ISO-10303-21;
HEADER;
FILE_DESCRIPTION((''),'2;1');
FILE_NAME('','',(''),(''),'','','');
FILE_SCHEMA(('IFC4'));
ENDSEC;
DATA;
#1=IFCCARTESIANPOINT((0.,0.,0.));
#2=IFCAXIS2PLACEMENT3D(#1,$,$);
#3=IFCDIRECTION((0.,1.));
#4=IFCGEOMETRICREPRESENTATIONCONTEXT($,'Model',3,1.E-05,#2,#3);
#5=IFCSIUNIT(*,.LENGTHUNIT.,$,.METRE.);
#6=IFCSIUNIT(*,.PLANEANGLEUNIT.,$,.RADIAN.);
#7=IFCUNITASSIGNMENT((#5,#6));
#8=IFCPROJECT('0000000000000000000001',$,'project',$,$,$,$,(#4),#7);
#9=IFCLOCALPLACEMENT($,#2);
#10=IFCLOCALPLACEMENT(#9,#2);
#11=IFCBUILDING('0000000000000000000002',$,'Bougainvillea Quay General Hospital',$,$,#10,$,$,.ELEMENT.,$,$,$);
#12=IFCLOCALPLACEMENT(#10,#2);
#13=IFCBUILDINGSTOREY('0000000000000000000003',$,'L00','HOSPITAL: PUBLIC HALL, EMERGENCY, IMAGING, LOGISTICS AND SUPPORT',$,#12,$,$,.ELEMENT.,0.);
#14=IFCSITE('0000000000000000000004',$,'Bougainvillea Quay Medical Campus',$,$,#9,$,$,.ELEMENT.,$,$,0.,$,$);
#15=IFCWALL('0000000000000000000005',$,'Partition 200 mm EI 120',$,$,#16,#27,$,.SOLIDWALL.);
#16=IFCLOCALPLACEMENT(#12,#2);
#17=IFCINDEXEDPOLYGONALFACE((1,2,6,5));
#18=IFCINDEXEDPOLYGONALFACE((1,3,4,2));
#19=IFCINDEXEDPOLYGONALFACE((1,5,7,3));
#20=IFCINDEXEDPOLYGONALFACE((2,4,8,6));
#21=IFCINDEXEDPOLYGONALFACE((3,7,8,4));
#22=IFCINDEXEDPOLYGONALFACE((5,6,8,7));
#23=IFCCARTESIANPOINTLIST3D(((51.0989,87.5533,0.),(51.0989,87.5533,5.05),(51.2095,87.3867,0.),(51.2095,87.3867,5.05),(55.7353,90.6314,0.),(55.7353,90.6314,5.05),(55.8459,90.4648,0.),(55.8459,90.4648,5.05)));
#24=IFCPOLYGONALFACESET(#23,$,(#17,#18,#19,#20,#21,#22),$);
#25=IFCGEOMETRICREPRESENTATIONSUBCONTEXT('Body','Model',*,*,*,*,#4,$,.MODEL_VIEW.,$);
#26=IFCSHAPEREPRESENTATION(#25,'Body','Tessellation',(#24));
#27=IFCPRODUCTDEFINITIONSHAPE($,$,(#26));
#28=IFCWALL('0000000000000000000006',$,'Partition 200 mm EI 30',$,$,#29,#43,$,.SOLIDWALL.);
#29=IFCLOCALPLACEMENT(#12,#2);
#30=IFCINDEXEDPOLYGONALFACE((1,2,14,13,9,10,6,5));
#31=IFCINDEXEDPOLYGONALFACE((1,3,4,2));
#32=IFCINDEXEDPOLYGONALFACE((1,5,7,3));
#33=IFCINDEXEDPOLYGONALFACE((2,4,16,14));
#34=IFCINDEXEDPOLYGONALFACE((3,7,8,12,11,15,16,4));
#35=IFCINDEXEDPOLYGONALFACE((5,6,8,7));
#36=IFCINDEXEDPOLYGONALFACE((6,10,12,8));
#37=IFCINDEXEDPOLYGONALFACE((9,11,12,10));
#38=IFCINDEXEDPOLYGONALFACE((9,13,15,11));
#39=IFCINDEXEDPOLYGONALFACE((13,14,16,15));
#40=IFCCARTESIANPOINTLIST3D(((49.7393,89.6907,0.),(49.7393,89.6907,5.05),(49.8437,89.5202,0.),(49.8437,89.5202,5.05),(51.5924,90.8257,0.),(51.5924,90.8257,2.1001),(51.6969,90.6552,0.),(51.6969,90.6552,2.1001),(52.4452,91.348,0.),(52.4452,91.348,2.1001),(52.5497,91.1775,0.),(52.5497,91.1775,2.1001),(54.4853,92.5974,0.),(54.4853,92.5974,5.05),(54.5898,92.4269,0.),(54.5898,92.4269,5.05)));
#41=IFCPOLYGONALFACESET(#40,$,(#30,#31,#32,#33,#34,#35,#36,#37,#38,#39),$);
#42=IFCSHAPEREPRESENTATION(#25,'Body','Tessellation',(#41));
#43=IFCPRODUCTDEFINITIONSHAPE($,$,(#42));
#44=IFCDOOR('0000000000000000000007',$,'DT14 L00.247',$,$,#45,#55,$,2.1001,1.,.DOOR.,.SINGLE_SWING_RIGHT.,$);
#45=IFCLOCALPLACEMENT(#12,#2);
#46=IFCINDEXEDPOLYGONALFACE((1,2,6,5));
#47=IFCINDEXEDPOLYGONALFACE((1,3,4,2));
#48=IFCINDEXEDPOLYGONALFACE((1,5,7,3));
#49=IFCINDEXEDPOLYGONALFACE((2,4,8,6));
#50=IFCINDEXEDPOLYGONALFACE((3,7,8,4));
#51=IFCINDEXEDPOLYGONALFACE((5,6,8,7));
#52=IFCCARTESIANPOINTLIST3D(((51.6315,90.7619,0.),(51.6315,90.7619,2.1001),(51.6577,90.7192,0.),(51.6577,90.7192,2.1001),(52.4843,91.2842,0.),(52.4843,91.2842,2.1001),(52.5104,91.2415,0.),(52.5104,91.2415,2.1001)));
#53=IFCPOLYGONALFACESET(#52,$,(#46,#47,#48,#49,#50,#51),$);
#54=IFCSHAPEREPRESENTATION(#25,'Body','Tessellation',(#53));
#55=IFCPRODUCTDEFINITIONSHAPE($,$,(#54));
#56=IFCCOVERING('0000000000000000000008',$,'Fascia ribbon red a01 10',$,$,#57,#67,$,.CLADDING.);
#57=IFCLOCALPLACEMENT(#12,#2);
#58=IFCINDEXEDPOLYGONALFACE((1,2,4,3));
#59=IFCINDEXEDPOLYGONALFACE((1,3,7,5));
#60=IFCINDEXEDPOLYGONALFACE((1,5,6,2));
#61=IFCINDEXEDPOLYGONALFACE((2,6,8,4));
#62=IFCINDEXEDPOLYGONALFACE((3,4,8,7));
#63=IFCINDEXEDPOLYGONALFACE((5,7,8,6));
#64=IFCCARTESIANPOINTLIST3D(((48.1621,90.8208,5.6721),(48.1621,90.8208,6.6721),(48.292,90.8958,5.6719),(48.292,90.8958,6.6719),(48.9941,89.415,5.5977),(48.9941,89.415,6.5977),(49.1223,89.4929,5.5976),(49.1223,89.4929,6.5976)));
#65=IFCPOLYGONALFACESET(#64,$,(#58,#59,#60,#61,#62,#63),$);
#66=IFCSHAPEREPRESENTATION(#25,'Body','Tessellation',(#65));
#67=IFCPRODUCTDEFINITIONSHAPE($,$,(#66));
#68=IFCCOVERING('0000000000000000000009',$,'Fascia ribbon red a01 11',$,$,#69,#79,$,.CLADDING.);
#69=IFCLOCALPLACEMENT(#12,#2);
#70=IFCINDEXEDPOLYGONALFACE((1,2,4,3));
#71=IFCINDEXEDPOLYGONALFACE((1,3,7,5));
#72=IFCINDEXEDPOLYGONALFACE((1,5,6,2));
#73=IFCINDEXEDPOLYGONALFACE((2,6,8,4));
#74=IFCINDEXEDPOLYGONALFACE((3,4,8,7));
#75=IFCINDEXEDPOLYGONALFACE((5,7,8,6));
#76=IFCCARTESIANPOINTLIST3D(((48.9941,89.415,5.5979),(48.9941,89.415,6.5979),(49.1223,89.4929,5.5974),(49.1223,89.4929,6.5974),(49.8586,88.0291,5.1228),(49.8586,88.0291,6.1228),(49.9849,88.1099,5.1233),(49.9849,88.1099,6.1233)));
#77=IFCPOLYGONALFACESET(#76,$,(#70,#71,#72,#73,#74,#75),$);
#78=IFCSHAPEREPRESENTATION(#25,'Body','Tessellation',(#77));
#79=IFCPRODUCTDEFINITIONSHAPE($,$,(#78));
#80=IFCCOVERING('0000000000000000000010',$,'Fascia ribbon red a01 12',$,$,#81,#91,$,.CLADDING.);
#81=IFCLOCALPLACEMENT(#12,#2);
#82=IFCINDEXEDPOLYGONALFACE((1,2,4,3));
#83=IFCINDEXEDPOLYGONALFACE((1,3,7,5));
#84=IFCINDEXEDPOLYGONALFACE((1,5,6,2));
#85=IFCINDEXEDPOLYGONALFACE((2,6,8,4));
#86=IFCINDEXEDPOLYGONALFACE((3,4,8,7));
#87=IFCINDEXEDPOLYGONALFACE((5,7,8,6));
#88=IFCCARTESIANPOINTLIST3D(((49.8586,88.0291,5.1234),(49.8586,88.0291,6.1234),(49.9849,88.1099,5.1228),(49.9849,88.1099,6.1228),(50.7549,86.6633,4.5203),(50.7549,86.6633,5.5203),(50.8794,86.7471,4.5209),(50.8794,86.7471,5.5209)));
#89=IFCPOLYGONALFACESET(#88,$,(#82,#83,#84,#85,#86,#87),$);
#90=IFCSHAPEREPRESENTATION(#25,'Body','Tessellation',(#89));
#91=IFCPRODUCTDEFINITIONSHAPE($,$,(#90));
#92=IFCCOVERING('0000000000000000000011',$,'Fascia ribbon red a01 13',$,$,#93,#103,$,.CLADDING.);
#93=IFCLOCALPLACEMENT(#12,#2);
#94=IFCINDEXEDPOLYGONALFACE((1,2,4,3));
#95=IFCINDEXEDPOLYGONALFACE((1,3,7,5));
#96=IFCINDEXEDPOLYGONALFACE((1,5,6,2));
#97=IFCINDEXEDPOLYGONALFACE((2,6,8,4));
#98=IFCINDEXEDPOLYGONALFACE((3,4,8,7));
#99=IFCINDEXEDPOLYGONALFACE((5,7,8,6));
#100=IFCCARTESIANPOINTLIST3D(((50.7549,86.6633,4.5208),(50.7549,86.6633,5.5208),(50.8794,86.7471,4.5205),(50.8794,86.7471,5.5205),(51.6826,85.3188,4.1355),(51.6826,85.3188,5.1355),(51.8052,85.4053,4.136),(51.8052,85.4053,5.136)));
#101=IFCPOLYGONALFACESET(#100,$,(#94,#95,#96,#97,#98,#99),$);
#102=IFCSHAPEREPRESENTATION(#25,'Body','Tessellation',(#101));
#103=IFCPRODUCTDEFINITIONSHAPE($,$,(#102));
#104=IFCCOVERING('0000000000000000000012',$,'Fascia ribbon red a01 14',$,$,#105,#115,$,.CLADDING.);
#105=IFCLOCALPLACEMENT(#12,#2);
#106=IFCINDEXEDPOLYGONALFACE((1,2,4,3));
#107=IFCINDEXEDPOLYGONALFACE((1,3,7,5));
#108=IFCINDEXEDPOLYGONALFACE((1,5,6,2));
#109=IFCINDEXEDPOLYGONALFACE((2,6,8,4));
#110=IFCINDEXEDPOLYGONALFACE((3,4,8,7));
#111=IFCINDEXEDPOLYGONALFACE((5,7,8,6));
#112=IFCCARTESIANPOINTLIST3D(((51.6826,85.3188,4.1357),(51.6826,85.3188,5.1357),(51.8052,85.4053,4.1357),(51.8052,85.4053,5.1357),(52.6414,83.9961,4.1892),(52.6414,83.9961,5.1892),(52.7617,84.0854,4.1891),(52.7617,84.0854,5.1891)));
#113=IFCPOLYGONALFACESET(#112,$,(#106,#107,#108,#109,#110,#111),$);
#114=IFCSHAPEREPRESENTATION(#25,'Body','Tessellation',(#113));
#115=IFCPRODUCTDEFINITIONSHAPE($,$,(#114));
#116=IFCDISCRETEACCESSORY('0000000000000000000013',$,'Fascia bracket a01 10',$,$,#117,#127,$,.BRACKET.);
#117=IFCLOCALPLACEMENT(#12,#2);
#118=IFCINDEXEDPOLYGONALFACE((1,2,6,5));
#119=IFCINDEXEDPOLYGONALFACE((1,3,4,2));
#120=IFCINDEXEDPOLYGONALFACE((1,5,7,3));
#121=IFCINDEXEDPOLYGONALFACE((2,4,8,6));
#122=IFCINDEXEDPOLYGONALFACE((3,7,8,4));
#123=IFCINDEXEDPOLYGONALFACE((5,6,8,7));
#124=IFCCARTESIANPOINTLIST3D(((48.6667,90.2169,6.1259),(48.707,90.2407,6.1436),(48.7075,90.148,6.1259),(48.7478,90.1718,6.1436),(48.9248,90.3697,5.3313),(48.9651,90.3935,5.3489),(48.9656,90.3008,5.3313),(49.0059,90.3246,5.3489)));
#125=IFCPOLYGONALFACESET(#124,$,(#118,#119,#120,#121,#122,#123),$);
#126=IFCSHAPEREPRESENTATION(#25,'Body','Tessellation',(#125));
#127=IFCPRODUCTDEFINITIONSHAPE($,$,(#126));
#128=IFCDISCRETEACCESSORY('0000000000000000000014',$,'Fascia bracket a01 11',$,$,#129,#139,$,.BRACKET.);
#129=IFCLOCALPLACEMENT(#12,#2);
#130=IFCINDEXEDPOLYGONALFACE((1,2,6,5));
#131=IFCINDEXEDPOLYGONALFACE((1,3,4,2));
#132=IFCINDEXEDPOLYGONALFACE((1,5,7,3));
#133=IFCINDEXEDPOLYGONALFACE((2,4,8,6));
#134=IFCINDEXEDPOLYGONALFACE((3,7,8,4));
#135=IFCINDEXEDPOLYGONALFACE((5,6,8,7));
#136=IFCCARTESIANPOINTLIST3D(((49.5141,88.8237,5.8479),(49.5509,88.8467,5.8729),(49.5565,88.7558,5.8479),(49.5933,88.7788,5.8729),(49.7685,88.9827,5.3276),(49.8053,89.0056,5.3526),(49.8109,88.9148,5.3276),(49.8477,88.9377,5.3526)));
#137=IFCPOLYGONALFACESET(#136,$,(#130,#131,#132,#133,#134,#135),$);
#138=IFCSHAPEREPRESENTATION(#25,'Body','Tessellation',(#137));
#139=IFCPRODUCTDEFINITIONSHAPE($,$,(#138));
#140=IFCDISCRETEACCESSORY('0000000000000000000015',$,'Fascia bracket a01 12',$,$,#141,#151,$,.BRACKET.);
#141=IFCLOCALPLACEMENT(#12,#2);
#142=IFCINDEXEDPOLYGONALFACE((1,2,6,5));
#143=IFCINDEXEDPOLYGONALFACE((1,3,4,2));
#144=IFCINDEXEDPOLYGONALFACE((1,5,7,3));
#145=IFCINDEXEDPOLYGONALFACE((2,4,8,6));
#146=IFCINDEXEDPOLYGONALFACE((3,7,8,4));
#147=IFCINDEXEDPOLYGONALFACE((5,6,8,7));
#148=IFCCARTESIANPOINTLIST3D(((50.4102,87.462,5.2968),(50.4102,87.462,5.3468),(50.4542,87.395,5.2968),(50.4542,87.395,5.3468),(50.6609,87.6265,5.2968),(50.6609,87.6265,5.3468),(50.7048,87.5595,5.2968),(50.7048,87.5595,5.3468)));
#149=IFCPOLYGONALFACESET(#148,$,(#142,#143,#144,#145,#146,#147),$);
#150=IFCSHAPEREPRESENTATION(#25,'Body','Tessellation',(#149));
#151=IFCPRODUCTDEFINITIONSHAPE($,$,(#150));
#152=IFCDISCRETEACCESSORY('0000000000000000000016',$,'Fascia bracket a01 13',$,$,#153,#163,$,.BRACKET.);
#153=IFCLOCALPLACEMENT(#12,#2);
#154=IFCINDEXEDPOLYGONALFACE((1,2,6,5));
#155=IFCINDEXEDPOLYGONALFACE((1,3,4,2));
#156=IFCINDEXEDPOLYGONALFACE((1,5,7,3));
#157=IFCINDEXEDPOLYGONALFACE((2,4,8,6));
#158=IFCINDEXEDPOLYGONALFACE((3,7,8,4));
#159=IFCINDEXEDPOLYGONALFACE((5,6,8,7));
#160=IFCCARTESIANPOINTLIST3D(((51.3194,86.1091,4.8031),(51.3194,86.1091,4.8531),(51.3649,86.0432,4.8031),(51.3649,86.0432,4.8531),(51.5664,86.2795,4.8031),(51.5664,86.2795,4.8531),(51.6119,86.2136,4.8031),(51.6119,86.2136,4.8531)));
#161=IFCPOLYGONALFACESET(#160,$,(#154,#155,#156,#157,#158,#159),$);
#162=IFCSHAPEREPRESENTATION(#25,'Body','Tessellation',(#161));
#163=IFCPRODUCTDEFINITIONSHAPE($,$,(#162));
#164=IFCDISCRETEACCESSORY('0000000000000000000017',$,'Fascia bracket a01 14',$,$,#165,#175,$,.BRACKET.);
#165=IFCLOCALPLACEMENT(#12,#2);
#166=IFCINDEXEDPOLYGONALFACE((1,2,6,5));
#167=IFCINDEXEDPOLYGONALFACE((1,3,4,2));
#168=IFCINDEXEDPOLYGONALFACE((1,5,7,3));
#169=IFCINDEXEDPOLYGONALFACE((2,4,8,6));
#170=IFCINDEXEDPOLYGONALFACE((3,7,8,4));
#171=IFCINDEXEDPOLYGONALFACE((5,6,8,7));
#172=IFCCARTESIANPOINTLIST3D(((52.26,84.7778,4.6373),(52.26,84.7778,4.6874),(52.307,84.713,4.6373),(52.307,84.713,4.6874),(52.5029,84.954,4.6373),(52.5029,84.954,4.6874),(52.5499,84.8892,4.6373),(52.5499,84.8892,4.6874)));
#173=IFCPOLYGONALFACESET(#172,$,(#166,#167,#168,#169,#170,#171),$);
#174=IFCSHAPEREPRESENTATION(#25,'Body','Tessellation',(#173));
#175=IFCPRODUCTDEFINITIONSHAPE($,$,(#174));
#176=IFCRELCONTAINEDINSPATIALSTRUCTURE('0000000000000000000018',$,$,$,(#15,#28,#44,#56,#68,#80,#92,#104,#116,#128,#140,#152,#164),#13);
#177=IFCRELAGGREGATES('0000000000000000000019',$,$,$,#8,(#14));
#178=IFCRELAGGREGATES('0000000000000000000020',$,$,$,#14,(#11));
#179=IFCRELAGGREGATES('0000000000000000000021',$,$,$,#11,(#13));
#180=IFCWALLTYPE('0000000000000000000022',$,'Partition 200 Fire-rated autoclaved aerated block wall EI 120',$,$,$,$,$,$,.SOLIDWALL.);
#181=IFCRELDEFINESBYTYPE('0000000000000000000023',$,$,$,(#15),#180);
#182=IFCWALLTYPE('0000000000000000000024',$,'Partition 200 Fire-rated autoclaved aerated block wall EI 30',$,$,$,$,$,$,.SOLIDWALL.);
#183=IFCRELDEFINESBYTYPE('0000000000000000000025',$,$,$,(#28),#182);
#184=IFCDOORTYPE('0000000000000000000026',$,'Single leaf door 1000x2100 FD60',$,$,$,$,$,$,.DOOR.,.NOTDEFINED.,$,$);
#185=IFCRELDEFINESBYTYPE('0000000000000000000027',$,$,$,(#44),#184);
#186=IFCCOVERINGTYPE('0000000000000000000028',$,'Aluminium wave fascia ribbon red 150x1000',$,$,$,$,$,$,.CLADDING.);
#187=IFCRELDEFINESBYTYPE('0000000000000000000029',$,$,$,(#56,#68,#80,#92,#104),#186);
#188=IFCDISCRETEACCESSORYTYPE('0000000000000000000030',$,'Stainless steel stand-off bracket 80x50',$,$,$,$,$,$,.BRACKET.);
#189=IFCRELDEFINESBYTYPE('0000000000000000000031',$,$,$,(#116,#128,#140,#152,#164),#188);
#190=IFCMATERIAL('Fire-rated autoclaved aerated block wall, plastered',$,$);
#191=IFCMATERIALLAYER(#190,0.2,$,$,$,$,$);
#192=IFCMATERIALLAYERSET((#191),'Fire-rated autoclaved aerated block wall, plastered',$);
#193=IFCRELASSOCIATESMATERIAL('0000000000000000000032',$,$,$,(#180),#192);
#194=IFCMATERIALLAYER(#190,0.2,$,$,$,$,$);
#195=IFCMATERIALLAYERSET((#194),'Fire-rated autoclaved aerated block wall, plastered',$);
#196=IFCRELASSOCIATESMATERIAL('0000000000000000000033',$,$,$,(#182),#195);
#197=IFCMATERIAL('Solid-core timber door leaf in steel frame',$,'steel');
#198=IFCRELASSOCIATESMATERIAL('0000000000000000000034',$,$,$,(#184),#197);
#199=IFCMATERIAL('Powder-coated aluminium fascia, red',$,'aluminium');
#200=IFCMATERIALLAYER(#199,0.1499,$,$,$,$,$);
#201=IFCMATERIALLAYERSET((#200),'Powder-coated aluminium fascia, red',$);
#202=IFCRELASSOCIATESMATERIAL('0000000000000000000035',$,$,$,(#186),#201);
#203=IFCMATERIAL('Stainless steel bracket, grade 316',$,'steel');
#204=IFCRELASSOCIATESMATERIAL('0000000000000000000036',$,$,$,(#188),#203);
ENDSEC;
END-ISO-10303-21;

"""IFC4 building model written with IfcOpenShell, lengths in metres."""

from ifc_helpers import new_model, si_unit, direction, frame, frame_2d, origin, origin_2d, place, context, subcontext, project, spatial, polyline, rectangle, outline, extrude, material, layer, layer_set, material_profile, profile_set, type_object, element, fill, save


model = new_model("IFC4")

# Units and contexts
model_context = context("Model", 3, precision=1e-05, world=origin(), true_north=direction((0.0, 1.0)))
body_context = subcontext(model_context, "Body", "Model", "MODEL_VIEW")
ifc_project = project(units=[si_unit("LENGTHUNIT", "METRE"), si_unit("PLANEANGLEUNIT", "RADIAN")], contexts=[model_context])

# Site, building, storey
site_placement = place(None, origin())
site = spatial("IfcSite", under=ifc_project, at=site_placement, Name="Bougainvillea Quay Medical Campus", CompositionType="ELEMENT", RefElevation=0.0)
building_placement = place(site_placement, origin())
building = spatial("IfcBuilding", under=site, at=building_placement, Name="Bougainvillea Quay General Hospital", CompositionType="ELEMENT")
storey_placement = place(building_placement, origin())
storey = spatial("IfcBuildingStorey", under=building, at=storey_placement, Name="L00", Description="HOSPITAL: PUBLIC HALL, EMERGENCY, IMAGING, LOGISTICS AND SUPPORT", CompositionType="ELEMENT", Elevation=0.0)

# Wall
ifc_material_1 = material(Name="Fire-rated autoclaved aerated block wall, plastered")
ifc_layer_1 = layer(ifc_material_1, 0.2)
ifc_layer_set_1 = layer_set([ifc_layer_1], Name="Fire-rated autoclaved aerated block wall, plastered")
wall_type_1 = type_object("IfcWallType", Name="Partition 200 Fire-rated autoclaved aerated block wall EI 120", PredefinedType="SOLIDWALL", material=ifc_layer_set_1)
wall_1_placement = place(storey_placement, frame((51.1541, 87.47, 0.0), z_axis=(0.0, 0.0, 1.0), x_axis=(0.833115, 0.5531, 0.0)))
element("IfcWall", 1, at=wall_1_placement, inside=storey, type_object=wall_type_1, Name="Partition 200 mm EI 120", PredefinedType="SOLIDWALL", context=body_context, shape_type="SweptSolid", body=[
    extrude(rectangle(XDim=5.5652, YDim=0.2, at=frame_2d((2.7827, 0.0))), origin(), (0.0, 0.0, 1.0), 5.05),
])

# Wall, opening, door
ifc_layer_2 = layer(ifc_material_1, 0.2)
ifc_layer_set_2 = layer_set([ifc_layer_2], Name="Fire-rated autoclaved aerated block wall, plastered")
wall_type_2 = type_object("IfcWallType", Name="Partition 200 Fire-rated autoclaved aerated block wall EI 30", PredefinedType="SOLIDWALL", material=ifc_layer_set_2)
wall_2_placement = place(storey_placement, frame((49.7915, 89.6055, 0.0), z_axis=(0.0, 0.0, 1.0), x_axis=(0.852774, 0.52228, 0.0)))
wall_2 = element("IfcWall", 2, at=wall_2_placement, inside=storey, type_object=wall_type_2, Name="Partition 200 mm EI 30", PredefinedType="SOLIDWALL", context=body_context, shape_type="SweptSolid", body=[
    extrude(rectangle(XDim=5.5654, YDim=0.2, at=frame_2d((2.7827, 0.0))), origin(), (0.0, 0.0, 1.0), 5.05),
])
opening_1_placement = place(wall_2_placement, frame((2.1731, 0.0, 0.0)))
opening_1 = element("IfcOpeningElement", 3, at=opening_1_placement, cuts=wall_2, PredefinedType="OPENING", context=body_context, shape_type="SweptSolid", body=[
    extrude(rectangle(XDim=1.0, YDim=2.1001, at=frame_2d((0.5, 1.05))), frame((0.0, 0.1099, 0.0), z_axis=(0.0, -1.0, 0.0), x_axis=(1.0, 0.0, 0.0)), (0.0, 0.0, 1.0), 0.22),
])
ifc_material_2 = material(Name="Solid-core timber door leaf in steel frame", Category="steel")
door_type_1 = type_object("IfcDoorType", Name="Single leaf door 1000x2100 FD60", OperationType="NOTDEFINED", PredefinedType="DOOR", material=ifc_material_2)
door_1_placement = place(opening_1_placement, frame((1.0, 0.0, 0.0), z_axis=(0.0, 0.0, 1.0), x_axis=(-1.0, 0.0, 0.0)))
door_1 = element("IfcDoor", 4, at=door_1_placement, inside=storey, type_object=door_type_1, Name="DT14 L00.247", OperationType="SINGLE_SWING_RIGHT", OverallHeight=2.1001, OverallWidth=1.0, PredefinedType="DOOR", context=body_context, shape_type="SweptSolid", body=[
    extrude(rectangle(XDim=1.0, YDim=2.1001, at=frame_2d((0.5, 1.05))), frame((0.0, 0.0249, 0.0), z_axis=(0.0, -1.0, 0.0), x_axis=(1.0, 0.0, 0.0)), (0.0, 0.0, 1.0), 0.05),
])
fill(opening_1, door_1)

# Coverings
ifc_material_3 = material(Name="Powder-coated aluminium fascia, red", Category="aluminium")
ifc_layer_3 = layer(ifc_material_3, 0.1499)
ifc_layer_set_3 = layer_set([ifc_layer_3], Name="Powder-coated aluminium fascia, red")
covering_type = type_object("IfcCoveringType", Name="Aluminium wave fascia ribbon red 150x1000", PredefinedType="CLADDING", material=ifc_layer_set_3)
covering_1_placement = place(storey_placement, frame((48.292, 90.8958, 5.6719), z_axis=(0.02389, -0.038743, 0.998964), x_axis=(0.508827, -0.859665, -0.045509)))
element("IfcCovering", 5, at=covering_1_placement, inside=storey, type_object=covering_type, Name="Fascia ribbon red a01 10", PredefinedType="CLADDING", context=body_context, shape_type="SweptSolid", body=[
    extrude(outline(polyline([(0.0, 0.0), (1.6318, 0.0), (1.6336, -0.15), (-0.0017, -0.1499), (0.0, 0.0)])), origin(), (-0.045509, -0.000824, 0.998964), 1.0),
])
covering_2_placement = place(storey_placement, frame((49.1223, 89.4929, 5.5974), z_axis=(0.147817, -0.236962, 0.960208), x_axis=(0.50812, -0.814747, -0.279287)))
element("IfcCovering", 6, at=covering_2_placement, inside=storey, type_object=covering_type, Name="Fascia ribbon red a01 11", PredefinedType="CLADDING", context=body_context, shape_type="SweptSolid", body=[
    extrude(outline(polyline([(0.0, 0.0), (1.6975, 0.0), (1.6994, -0.1499), (-0.0018, -0.15), (0.0, 0.0)])), origin(), (-0.279287, -0.000028, 0.960208), 1.0),
])
covering_3_placement = place(storey_placement, frame((49.9849, 88.1099, 5.1228), z_axis=(0.19005, -0.289586, 0.938094), x_axis=(0.514771, -0.784239, -0.34638)))
element("IfcCovering", 7, at=covering_3_placement, inside=storey, type_object=covering_type, Name="Fascia ribbon red a01 12", PredefinedType="CLADDING", context=body_context, shape_type="SweptSolid", body=[
    extrude(outline(polyline([(0.0, 0.0), (1.7377, 0.0), (1.7395, -0.15), (-0.0019, -0.1499), (0.0, 0.0)])), origin(), (-0.34638, 0.000026, 0.938094), 1.0),
])
covering_4_placement = place(storey_placement, frame((50.8794, 86.7471, 4.5205), z_axis=(0.12956, -0.18951, 0.973294), x_axis=(0.552735, -0.801115, -0.229562)))
element("IfcCovering", 8, at=covering_4_placement, inside=storey, type_object=covering_type, Name="Fascia ribbon red a01 13", PredefinedType="CLADDING", context=body_context, shape_type="SweptSolid", body=[
    extrude(outline(polyline([(0.0, 0.0), (1.6749, 0.0), (1.6765, -0.15), (-0.0018, -0.15), (0.0, 0.0)])), origin(), (-0.229562, 0.000956, 0.973294), 1.0),
])
covering_5_placement = place(storey_placement, frame((51.8052, 85.4053, 4.1357), z_axis=(-0.019198, 0.02653, 0.999464), x_axis=(0.58652, -0.809272, 0.032747)))
element("IfcCovering", 9, at=covering_5_placement, inside=storey, type_object=covering_type, Name="Fascia ribbon red a01 14", PredefinedType="CLADDING", context=body_context, shape_type="SweptSolid", body=[
    extrude(outline(polyline([(0.0, 0.0), (1.6309, 0.0), (1.6326, -0.1499), (-0.0019, -0.15), (0.0, 0.0)])), origin(), (0.032747, -0.000024, 0.999464), 1.0),
])

# Discrete accessories
ifc_material_4 = material(Name="Stainless steel bracket, grade 316", Category="steel")
ifc_material_profile_1 = material_profile(ifc_material_4, rectangle(XDim=0.0801, YDim=0.05, at=origin_2d()))
ifc_profile_set_1 = profile_set([ifc_material_profile_1], Name="Stainless steel bracket, grade 316")
discrete_accessory_type = type_object("IfcDiscreteAccessoryType", Name="Stainless steel stand-off bracket 80x50", PredefinedType="BRACKET", material=ifc_profile_set_1)
discrete_accessory_1_placement = place(storey_placement, frame((48.9653, 90.3472, 5.3401), z_axis=(-0.303814, -0.179931, 0.935586), x_axis=(0.509579, -0.860424, 0.0)))
element("IfcDiscreteAccessory", 10, at=discrete_accessory_1_placement, inside=storey, type_object=discrete_accessory_type, Name="Fascia bracket a01 10", PredefinedType="BRACKET", context=body_context, shape_type="SweptSolid", body=[
    extrude(rectangle(XDim=0.0801, YDim=0.05, at=origin_2d()), origin(), (0.0, 0.0, 1.0), 0.8494),
])
discrete_accessory_2_placement = place(storey_placement, frame((49.8081, 88.9602, 5.3401), z_axis=(-0.423608, -0.264653, 0.866323), x_axis=(0.529853, -0.84809, 0.0)))
element("IfcDiscreteAccessory", 11, at=discrete_accessory_2_placement, inside=storey, type_object=discrete_accessory_type, Name="Fascia bracket a01 11", PredefinedType="BRACKET", context=body_context, shape_type="SweptSolid", body=[
    extrude(rectangle(XDim=0.0801, YDim=0.05, at=origin_2d()), origin(), (0.0, 0.0, 1.0), 0.6006),
])
discrete_accessory_3_placement = place(storey_placement, frame((50.6829, 87.593, 5.3218), z_axis=(-0.836036, -0.548674, 0.0), x_axis=(0.548674, -0.836036, 0.0)))
element("IfcDiscreteAccessory", 12, at=discrete_accessory_3_placement, inside=storey, type_object=discrete_accessory_type, Name="Fascia bracket a01 12", PredefinedType="BRACKET", context=body_context, shape_type="SweptSolid", body=[
    extrude(rectangle(XDim=0.0801, YDim=0.05, at=origin_2d()), origin(), (0.0, 0.0, 1.0), 0.2998),
])
for number, where, z_axis, x_axis, name in (
    (13, (51.5891, 86.2466, 4.8281), (-0.822924, -0.568151, 0.0), (0.568151, -0.822924, 0.0), "Fascia bracket a01 13"),
    (14, (52.5264, 84.9216, 4.6624), (-0.809369, -0.587301, 0.0), (0.587301, -0.809369, 0.0), "Fascia bracket a01 14"),
):
    element("IfcDiscreteAccessory", number, at=place(storey_placement, frame(where, z_axis=z_axis, x_axis=x_axis)), inside=storey, type_object=discrete_accessory_type, Name=name, PredefinedType="BRACKET", context=body_context, shape_type="SweptSolid", body=[
        extrude(rectangle(XDim=0.0801, YDim=0.05, at=origin_2d()), origin(), (0.0, 0.0, 1.0), 0.3),
    ])

save(model, "model.ifc")
